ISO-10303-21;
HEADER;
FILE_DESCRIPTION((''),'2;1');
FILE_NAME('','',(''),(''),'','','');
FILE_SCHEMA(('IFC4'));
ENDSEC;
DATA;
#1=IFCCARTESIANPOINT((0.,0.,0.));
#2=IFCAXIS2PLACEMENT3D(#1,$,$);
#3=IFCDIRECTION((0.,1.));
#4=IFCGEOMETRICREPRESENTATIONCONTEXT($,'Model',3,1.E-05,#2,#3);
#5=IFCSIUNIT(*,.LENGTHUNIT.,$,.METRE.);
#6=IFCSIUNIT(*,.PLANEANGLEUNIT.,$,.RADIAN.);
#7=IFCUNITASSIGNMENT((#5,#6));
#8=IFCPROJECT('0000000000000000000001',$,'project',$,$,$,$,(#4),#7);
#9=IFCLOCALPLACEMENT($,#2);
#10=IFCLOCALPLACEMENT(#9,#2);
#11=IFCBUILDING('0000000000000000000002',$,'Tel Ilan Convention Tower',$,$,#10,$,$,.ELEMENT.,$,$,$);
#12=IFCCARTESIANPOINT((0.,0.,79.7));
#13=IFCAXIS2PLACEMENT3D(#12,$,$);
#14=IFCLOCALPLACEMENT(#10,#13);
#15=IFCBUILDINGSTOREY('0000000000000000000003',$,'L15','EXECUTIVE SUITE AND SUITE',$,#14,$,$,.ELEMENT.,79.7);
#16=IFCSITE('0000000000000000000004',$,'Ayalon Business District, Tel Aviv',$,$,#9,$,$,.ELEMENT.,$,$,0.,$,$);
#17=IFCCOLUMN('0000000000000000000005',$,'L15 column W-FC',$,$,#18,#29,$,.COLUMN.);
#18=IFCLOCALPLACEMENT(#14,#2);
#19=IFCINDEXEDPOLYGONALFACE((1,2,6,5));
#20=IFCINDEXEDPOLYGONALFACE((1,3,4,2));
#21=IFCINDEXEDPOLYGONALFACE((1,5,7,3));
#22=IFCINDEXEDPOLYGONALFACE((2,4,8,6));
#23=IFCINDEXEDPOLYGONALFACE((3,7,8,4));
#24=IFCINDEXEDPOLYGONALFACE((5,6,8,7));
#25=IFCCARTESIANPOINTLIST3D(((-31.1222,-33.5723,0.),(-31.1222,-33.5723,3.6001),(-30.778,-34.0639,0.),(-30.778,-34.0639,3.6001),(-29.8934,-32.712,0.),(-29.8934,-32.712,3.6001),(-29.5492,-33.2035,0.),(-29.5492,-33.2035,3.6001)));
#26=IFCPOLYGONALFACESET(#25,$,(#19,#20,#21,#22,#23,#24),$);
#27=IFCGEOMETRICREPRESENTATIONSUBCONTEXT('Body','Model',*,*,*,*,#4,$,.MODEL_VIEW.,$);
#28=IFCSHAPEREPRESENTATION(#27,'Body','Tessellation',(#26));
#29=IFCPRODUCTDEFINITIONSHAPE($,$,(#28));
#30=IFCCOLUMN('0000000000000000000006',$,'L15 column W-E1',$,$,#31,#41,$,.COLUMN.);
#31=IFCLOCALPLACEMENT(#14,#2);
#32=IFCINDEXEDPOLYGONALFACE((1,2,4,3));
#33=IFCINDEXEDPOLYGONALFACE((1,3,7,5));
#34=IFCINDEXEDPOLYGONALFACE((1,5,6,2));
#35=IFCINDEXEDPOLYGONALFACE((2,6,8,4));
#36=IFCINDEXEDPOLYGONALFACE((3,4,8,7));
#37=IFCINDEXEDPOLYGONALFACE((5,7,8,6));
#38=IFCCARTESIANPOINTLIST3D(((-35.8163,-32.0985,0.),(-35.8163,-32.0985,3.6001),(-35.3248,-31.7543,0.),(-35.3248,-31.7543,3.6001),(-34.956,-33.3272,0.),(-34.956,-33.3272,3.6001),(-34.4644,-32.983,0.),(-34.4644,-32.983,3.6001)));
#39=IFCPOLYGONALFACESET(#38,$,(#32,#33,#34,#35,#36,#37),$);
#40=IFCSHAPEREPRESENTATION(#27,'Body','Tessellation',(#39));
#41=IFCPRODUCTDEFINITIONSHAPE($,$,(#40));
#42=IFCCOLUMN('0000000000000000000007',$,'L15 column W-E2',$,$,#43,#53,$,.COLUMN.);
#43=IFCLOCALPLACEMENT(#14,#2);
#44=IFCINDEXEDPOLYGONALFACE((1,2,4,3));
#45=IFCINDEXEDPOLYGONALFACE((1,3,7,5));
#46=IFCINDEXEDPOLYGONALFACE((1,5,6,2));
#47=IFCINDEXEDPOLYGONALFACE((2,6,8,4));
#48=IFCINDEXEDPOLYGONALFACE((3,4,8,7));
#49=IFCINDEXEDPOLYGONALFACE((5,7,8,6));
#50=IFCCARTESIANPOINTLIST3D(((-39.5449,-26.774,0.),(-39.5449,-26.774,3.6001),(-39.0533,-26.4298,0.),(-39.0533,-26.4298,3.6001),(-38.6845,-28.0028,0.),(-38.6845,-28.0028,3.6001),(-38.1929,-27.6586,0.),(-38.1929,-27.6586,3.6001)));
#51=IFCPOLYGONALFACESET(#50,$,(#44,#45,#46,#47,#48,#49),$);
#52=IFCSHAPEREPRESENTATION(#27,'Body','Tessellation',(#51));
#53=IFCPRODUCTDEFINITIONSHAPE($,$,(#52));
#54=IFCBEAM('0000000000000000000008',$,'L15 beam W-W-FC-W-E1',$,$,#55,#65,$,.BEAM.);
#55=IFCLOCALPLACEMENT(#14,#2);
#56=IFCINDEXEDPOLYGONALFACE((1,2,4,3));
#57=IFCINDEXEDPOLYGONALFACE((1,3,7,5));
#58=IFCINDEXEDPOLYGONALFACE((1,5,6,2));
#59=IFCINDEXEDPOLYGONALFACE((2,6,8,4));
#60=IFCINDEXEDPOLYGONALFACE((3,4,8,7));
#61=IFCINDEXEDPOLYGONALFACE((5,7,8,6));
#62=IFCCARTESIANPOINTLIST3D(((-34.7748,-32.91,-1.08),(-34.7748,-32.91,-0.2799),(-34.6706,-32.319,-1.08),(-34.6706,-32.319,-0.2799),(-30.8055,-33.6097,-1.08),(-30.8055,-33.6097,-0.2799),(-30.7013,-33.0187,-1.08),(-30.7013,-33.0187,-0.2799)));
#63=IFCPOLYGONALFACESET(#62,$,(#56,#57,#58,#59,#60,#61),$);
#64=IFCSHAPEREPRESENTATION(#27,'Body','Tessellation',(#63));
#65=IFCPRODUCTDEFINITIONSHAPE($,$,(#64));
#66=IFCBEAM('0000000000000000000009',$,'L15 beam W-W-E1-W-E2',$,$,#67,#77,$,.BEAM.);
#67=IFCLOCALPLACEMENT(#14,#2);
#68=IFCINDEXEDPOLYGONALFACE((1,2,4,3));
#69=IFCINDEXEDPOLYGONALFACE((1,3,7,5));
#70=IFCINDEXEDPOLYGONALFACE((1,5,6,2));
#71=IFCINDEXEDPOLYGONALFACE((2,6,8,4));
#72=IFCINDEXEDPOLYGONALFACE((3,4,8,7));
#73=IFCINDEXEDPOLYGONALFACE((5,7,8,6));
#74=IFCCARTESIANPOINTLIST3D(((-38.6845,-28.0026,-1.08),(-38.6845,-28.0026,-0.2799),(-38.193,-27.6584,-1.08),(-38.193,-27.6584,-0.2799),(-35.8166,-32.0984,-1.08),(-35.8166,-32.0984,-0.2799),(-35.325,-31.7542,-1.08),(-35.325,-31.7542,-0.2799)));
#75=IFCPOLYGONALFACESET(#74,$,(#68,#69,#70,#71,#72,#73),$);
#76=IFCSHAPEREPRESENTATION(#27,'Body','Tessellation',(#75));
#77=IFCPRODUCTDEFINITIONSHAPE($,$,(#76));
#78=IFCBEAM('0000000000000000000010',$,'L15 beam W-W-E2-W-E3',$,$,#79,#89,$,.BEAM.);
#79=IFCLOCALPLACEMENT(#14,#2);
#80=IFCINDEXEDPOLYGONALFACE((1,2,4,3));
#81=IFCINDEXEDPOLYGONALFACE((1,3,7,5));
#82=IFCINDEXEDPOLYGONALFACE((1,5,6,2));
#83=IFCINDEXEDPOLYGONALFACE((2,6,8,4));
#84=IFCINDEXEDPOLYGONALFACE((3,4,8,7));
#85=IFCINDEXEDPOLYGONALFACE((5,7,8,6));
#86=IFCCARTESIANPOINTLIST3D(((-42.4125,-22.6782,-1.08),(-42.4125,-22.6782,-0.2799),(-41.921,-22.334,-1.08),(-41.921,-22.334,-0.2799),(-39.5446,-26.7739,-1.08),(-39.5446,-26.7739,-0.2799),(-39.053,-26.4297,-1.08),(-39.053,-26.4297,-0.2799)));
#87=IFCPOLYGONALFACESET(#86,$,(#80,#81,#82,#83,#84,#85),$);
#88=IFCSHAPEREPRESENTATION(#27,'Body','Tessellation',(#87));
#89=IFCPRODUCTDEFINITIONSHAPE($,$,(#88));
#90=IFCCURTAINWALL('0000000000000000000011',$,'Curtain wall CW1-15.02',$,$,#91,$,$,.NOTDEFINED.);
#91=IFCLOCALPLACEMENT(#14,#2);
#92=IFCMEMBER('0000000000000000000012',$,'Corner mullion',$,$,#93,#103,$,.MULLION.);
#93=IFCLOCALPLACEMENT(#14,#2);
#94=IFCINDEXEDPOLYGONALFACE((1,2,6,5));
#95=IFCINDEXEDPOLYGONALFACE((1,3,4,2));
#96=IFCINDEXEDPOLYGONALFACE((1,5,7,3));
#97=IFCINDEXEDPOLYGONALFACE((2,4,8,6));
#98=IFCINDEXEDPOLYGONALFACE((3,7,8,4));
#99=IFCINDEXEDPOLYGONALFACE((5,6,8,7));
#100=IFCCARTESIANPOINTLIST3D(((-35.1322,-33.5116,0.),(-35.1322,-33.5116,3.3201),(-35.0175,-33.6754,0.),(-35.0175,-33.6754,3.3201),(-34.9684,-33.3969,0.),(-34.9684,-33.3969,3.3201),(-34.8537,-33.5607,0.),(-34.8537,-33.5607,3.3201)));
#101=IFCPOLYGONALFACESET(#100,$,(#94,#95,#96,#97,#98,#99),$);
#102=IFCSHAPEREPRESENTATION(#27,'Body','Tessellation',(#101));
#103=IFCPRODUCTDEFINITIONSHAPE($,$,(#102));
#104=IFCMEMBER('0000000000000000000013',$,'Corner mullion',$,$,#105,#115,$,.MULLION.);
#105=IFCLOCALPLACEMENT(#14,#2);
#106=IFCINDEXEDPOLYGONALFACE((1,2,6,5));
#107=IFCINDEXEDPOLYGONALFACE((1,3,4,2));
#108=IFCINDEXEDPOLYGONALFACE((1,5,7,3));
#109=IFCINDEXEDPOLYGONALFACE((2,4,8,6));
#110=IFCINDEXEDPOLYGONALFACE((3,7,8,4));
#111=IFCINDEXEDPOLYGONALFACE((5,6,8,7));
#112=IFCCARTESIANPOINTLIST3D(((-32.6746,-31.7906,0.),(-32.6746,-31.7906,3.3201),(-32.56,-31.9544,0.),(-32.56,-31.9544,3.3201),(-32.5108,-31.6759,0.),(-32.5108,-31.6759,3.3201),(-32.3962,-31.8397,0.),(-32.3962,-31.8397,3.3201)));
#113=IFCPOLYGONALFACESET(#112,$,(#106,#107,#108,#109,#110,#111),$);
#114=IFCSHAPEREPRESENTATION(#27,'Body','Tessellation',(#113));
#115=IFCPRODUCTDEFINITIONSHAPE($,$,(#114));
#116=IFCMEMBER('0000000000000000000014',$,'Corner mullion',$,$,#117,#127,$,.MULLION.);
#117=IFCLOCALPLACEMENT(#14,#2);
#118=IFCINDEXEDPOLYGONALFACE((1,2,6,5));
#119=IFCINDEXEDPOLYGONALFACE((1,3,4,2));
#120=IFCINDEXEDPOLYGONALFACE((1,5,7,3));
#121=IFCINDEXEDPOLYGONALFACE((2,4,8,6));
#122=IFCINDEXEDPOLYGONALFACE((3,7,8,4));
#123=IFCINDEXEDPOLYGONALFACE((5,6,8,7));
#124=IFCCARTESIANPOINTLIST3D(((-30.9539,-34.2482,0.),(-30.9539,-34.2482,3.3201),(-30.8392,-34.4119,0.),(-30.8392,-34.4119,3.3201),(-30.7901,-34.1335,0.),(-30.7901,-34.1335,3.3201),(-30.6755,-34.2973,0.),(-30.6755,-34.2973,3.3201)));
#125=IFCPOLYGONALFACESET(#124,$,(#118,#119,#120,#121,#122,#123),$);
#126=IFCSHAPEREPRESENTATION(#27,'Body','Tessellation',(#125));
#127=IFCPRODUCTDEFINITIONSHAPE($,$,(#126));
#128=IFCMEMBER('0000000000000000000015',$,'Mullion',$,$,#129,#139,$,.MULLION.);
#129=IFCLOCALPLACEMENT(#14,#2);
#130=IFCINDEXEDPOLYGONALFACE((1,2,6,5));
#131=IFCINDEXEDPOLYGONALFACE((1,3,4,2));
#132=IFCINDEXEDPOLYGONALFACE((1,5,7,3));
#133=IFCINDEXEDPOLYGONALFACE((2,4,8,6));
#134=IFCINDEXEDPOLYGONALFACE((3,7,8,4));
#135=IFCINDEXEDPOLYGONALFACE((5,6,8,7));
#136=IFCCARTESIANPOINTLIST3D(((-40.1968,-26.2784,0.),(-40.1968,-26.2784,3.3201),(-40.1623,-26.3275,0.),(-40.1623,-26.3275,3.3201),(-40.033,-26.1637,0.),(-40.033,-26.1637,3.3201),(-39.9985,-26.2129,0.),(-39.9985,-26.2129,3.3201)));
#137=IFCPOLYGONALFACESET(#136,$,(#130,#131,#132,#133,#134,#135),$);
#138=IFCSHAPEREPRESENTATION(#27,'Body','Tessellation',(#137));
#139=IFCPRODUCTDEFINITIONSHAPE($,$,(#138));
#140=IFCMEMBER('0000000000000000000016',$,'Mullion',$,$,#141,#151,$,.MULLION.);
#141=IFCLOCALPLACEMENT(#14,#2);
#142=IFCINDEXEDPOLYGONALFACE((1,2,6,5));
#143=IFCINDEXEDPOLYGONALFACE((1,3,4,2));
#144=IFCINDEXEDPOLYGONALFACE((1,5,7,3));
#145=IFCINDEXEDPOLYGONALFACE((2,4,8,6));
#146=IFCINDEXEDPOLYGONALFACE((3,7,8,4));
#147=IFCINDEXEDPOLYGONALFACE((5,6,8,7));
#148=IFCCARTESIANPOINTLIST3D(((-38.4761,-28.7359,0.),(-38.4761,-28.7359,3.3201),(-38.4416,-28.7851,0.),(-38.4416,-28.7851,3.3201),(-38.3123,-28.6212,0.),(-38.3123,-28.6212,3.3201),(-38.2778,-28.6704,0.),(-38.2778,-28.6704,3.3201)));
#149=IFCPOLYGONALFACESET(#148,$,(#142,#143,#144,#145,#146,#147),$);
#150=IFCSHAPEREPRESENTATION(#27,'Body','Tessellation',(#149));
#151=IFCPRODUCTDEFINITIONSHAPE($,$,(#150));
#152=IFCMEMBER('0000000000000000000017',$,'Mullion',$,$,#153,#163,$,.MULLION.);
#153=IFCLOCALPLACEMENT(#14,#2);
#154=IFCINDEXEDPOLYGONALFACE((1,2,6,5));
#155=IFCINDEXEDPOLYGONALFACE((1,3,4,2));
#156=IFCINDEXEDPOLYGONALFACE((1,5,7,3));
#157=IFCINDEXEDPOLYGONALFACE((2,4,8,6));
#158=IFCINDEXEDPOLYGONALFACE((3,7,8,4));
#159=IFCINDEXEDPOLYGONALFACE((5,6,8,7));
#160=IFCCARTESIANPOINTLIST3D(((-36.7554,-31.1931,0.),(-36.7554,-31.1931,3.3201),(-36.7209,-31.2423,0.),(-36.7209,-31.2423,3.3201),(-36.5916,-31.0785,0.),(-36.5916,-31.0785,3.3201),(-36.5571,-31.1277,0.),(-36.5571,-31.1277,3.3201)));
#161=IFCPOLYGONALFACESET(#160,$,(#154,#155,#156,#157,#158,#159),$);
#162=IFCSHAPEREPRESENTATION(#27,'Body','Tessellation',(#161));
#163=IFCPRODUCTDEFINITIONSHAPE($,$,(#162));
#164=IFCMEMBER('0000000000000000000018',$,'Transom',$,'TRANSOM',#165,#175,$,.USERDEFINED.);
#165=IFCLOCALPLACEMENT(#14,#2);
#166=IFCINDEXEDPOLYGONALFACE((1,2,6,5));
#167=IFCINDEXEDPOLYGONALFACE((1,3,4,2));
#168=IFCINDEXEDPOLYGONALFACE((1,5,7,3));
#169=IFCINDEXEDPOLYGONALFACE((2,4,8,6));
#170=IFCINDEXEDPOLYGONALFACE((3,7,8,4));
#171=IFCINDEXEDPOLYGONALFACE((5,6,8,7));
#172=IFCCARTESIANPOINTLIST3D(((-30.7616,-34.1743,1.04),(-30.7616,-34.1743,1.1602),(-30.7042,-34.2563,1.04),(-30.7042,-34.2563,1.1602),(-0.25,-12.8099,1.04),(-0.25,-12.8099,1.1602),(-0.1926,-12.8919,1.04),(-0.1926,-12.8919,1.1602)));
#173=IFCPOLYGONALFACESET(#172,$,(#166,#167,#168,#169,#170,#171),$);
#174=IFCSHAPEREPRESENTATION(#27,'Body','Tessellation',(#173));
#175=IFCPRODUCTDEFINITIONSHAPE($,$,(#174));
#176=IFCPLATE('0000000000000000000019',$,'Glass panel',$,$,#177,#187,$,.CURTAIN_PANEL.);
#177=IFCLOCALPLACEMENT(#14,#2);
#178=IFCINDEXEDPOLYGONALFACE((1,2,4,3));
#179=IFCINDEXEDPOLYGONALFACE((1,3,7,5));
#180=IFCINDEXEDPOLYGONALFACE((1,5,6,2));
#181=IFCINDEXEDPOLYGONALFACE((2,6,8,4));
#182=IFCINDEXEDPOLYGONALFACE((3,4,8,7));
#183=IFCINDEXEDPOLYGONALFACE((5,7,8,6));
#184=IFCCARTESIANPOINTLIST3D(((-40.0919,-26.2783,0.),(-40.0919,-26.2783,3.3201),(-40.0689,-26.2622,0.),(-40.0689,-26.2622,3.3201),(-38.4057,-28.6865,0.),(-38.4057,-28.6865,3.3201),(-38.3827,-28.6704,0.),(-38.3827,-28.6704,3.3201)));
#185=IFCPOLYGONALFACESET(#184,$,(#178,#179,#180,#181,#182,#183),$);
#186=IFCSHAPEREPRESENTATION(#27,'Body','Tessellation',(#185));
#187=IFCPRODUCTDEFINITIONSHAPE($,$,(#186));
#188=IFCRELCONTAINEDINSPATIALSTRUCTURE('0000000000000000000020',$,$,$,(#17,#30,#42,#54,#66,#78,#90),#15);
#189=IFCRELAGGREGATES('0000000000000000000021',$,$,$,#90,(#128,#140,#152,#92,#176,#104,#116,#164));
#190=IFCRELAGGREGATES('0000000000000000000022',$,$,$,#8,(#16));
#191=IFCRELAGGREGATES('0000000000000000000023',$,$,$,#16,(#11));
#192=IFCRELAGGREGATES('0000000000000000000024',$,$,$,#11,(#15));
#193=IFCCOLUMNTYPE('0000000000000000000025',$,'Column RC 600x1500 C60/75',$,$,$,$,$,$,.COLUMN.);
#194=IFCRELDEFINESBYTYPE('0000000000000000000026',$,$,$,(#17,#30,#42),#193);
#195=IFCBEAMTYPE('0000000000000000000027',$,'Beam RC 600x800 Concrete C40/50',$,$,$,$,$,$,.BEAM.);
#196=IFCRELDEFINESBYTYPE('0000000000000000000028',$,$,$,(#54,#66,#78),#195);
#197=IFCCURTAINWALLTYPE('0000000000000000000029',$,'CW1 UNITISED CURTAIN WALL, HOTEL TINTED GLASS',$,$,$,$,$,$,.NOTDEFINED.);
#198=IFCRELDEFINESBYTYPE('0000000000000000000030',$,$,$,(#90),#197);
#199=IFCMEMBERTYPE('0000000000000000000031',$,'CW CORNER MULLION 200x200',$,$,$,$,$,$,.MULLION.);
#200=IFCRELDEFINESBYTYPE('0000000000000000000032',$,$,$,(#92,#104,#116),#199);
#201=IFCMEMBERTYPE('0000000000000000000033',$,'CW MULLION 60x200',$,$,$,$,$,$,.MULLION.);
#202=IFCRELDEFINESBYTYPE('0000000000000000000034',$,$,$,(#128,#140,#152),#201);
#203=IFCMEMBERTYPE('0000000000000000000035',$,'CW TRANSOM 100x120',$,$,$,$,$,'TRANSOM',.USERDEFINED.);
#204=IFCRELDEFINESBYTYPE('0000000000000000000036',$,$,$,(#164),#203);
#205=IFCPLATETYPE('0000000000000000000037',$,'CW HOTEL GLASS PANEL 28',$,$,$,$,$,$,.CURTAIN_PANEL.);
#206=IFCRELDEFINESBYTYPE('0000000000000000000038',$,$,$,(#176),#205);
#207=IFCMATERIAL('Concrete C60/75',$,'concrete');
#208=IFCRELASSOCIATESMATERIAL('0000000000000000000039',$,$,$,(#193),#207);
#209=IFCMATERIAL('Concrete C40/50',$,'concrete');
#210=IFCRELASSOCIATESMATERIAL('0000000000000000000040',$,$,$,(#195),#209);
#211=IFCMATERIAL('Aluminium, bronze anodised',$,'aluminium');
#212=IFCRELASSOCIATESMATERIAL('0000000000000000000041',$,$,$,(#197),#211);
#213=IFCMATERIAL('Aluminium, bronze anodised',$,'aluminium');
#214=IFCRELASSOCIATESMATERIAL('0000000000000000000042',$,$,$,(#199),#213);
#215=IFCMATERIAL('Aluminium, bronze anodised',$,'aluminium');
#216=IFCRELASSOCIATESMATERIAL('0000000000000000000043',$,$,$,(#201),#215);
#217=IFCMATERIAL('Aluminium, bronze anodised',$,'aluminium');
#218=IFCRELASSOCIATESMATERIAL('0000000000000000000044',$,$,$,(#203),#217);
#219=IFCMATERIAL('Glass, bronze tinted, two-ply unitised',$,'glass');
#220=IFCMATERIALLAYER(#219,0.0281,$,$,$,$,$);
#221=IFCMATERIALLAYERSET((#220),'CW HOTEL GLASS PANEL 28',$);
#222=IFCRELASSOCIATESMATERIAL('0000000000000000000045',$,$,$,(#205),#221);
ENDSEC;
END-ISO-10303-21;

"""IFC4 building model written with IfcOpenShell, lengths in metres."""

from ifc_helpers import new_model, si_unit, direction, frame, origin, origin_2d, place, context, subcontext, project, spatial, rectangle, extrude, material, layer, layer_set, material_profile, profile_set, type_object, element, aggregate, save


model = new_model("IFC4")

# Units and contexts
model_context = context("Model", 3, precision=1e-05, world=origin(), true_north=direction((0.0, 1.0)))
body_context = subcontext(model_context, "Body", "Model", "MODEL_VIEW")
ifc_project = project(units=[si_unit("LENGTHUNIT", "METRE"), si_unit("PLANEANGLEUNIT", "RADIAN")], contexts=[model_context])

# Site, building, storey
site_placement = place(None, origin())
site = spatial("IfcSite", under=ifc_project, at=site_placement, Name="Ayalon Business District, Tel Aviv", CompositionType="ELEMENT", RefElevation=0.0)
building_placement = place(site_placement, origin())
building = spatial("IfcBuilding", under=site, at=building_placement, Name="Tel Ilan Convention Tower", CompositionType="ELEMENT")
storey_placement = place(building_placement, frame((0.0, 0.0, 79.7)))
storey = spatial("IfcBuildingStorey", under=building, at=storey_placement, Name="L15", Description="EXECUTIVE SUITE AND SUITE", CompositionType="ELEMENT", Elevation=79.7)

# Columns
ifc_material_1 = material(Name="Concrete C60/75", Category="concrete")
ifc_material_profile_1 = material_profile(ifc_material_1, rectangle(XDim=1.5, YDim=0.6001, at=origin_2d()), Name="RC 600x1500")
ifc_profile_set_1 = profile_set([ifc_material_profile_1], Name="Concrete C60/75")
column_type = type_object("IfcColumnType", Name="Column RC 600x1500 C60/75", PredefinedType="COLUMN", material=ifc_profile_set_1)
for number, where, z_axis, x_axis, name in (
    (1, (-30.3357, -33.3879, 0.0), (0.0, 0.0, 1.0), (-0.819152, -0.573576, 0.0), "L15 column W-FC"),
    (2, (-35.1404, -32.5408, 0.0), (0.0, 0.0, 1.0), (-0.573576, 0.819152, 0.0), "L15 column W-E1"),
    (3, (-38.8689, -27.2163, 0.0), (0.0, 0.0, 1.0), (-0.573576, 0.819152, 0.0), "L15 column W-E2"),
):
    element("IfcColumn", number, at=place(storey_placement, frame(where, z_axis=z_axis, x_axis=x_axis)), inside=storey, type_object=column_type, Name=name, PredefinedType="COLUMN", context=body_context, shape_type="SweptSolid", body=[
        extrude(rectangle(XDim=1.5, YDim=0.6001, at=origin_2d()), origin(), (0.0, 0.0, 1.0), 3.6001),
    ])

# Beams
ifc_material_2 = material(Name="Concrete C40/50", Category="concrete")
ifc_material_profile_2 = material_profile(ifc_material_2, rectangle(XDim=0.6001, YDim=0.8, at=origin_2d()), Name="RC 600x800")
ifc_profile_set_2 = profile_set([ifc_material_profile_2], Name="Concrete C40/50")
beam_type = type_object("IfcBeamType", Name="Beam RC 600x800 Concrete C40/50", PredefinedType="BEAM", material=ifc_profile_set_2)
beam_placement = place(storey_placement, frame((-30.7534, -33.3142, -0.6799), z_axis=(-0.984815, 0.173606, 0.0), x_axis=(-0.173606, -0.984815, 0.0)))
element("IfcBeam", 4, at=beam_placement, inside=storey, type_object=beam_type, Name="L15 beam W-W-FC-W-E1", PredefinedType="BEAM", context=body_context, shape_type="SweptSolid", body=[
    extrude(rectangle(XDim=0.6001, YDim=0.8, at=origin_2d()), origin(), (0.0, 0.0, 1.0), 4.0305),
])
for number, where, z_axis, x_axis, name in (
    (5, (-35.5708, -31.9263, -0.6799), (-0.573587, 0.819145, 0.0), (-0.819145, -0.573587, 0.0), "L15 beam W-W-E1-W-E2"),
    (6, (-39.2988, -26.6018, -0.6799), (-0.573587, 0.819145, 0.0), (-0.819145, -0.573587, 0.0), "L15 beam W-W-E2-W-E3"),
):
    element("IfcBeam", number, at=place(storey_placement, frame(where, z_axis=z_axis, x_axis=x_axis)), inside=storey, type_object=beam_type, Name=name, PredefinedType="BEAM", context=body_context, shape_type="SweptSolid", body=[
        extrude(rectangle(XDim=0.6001, YDim=0.8, at=origin_2d()), origin(), (0.0, 0.0, 1.0), 5.0),
    ])

# Curtain wall, members, plate
ifc_material_3 = material(Name="Aluminium, bronze anodised", Category="aluminium")
curtain_wall_type = type_object("IfcCurtainWallType", Name="CW1 UNITISED CURTAIN WALL, HOTEL TINTED GLASS", PredefinedType="NOTDEFINED", material=ifc_material_3)
curtain_wall_placement = place(storey_placement, origin())
curtain_wall = element("IfcCurtainWall", 7, at=curtain_wall_placement, inside=storey, type_object=curtain_wall_type, Name="Curtain wall CW1-15.02", PredefinedType="NOTDEFINED")
ifc_material_4 = material(Name="Aluminium, bronze anodised", Category="aluminium")
ifc_material_profile_3 = material_profile(ifc_material_4, rectangle(XDim=0.2, YDim=0.2, at=origin_2d()), Name="CW CORNER MULLION 200x200")
ifc_profile_set_3 = profile_set([ifc_material_profile_3], Name="Aluminium, bronze anodised")
member_type_1 = type_object("IfcMemberType", Name="CW CORNER MULLION 200x200", PredefinedType="MULLION", material=ifc_profile_set_3)
member_1_placement = place(storey_placement, frame((-34.9929, -33.5361, 0.0), z_axis=(0.0, 0.0, 1.0), x_axis=(0.573576, -0.819152, 0.0)))
member_1 = element("IfcMember", 8, at=member_1_placement, type_object=member_type_1, Name="Corner mullion", PredefinedType="MULLION", context=body_context, shape_type="SweptSolid", body=[
    extrude(rectangle(XDim=0.2, YDim=0.2, at=origin_2d()), origin(), (0.0, 0.0, 1.0), 3.3201),
])
member_2_placement = place(storey_placement, frame((-32.5354, -31.8152, 0.0), z_axis=(0.0, 0.0, 1.0), x_axis=(0.819152, 0.573576, 0.0)))
member_2 = element("IfcMember", 9, at=member_2_placement, type_object=member_type_1, Name="Corner mullion", PredefinedType="MULLION", context=body_context, shape_type="SweptSolid", body=[
    extrude(rectangle(XDim=0.2, YDim=0.2, at=origin_2d()), origin(), (0.0, 0.0, 1.0), 3.3201),
])
member_3_placement = place(storey_placement, frame((-30.8147, -34.2727, 0.0), z_axis=(0.0, 0.0, 1.0), x_axis=(0.573576, -0.819152, 0.0)))
member_3 = element("IfcMember", 10, at=member_3_placement, type_object=member_type_1, Name="Corner mullion", PredefinedType="MULLION", context=body_context, shape_type="SweptSolid", body=[
    extrude(rectangle(XDim=0.2, YDim=0.2, at=origin_2d()), origin(), (0.0, 0.0, 1.0), 3.3201),
])
ifc_material_5 = material(Name="Aluminium, bronze anodised", Category="aluminium")
ifc_material_profile_4 = material_profile(ifc_material_5, rectangle(XDim=0.0601, YDim=0.2, at=origin_2d()), Name="CW MULLION 60x200")
ifc_profile_set_4 = profile_set([ifc_material_profile_4], Name="Aluminium, bronze anodised")
member_type_2 = type_object("IfcMemberType", Name="CW MULLION 60x200", PredefinedType="MULLION", material=ifc_profile_set_4)
member_4_placement = place(storey_placement, frame((-40.0977, -26.2456, 0.0), z_axis=(0.0, 0.0, 1.0), x_axis=(0.573576, -0.819152, 0.0)))
member_4 = element("IfcMember", 11, at=member_4_placement, type_object=member_type_2, Name="Mullion", PredefinedType="MULLION", context=body_context, shape_type="SweptSolid", body=[
    extrude(rectangle(XDim=0.0601, YDim=0.2, at=origin_2d()), origin(), (0.0, 0.0, 1.0), 3.3201),
])
member_5_placement = place(storey_placement, frame((-38.377, -28.7031, 0.0), z_axis=(0.0, 0.0, 1.0), x_axis=(0.573576, -0.819152, 0.0)))
member_5 = element("IfcMember", 12, at=member_5_placement, type_object=member_type_2, Name="Mullion", PredefinedType="MULLION", context=body_context, shape_type="SweptSolid", body=[
    extrude(rectangle(XDim=0.0601, YDim=0.2, at=origin_2d()), origin(), (0.0, 0.0, 1.0), 3.3201),
])
member_6_placement = place(storey_placement, frame((-36.6562, -31.1604, 0.0), z_axis=(0.0, 0.0, 1.0), x_axis=(0.573576, -0.819152, 0.0)))
member_6 = element("IfcMember", 13, at=member_6_placement, type_object=member_type_2, Name="Mullion", PredefinedType="MULLION", context=body_context, shape_type="SweptSolid", body=[
    extrude(rectangle(XDim=0.0601, YDim=0.2, at=origin_2d()), origin(), (0.0, 0.0, 1.0), 3.3201),
])
ifc_material_6 = material(Name="Aluminium, bronze anodised", Category="aluminium")
ifc_material_profile_5 = material_profile(ifc_material_6, rectangle(XDim=0.1001, YDim=0.1201, at=origin_2d()), Name="CW TRANSOM 100x120")
ifc_profile_set_5 = profile_set([ifc_material_profile_5], Name="Aluminium, bronze anodised")
member_type_3 = type_object("IfcMemberType", Name="CW TRANSOM 100x120", ElementType="TRANSOM", PredefinedType="USERDEFINED", material=ifc_profile_set_5)
member_7_placement = place(storey_placement, frame((-30.7329, -34.2153, 1.1001), z_axis=(0.819152, 0.573576, 0.0), x_axis=(-0.573576, 0.819152, 0.0)))
member_7 = element("IfcMember", 14, at=member_7_placement, type_object=member_type_3, Name="Transom", ObjectType="TRANSOM", PredefinedType="USERDEFINED", context=body_context, shape_type="SweptSolid", body=[
    extrude(rectangle(XDim=0.1001, YDim=0.1201, at=origin_2d()), origin(), (0.0, 0.0, 1.0), 37.2478),
])
ifc_material_7 = material(Name="Glass, bronze tinted, two-ply unitised", Category="glass")
ifc_layer_1 = layer(ifc_material_7, 0.0281)
ifc_layer_set_1 = layer_set([ifc_layer_1], Name="CW HOTEL GLASS PANEL 28")
plate_type = type_object("IfcPlateType", Name="CW HOTEL GLASS PANEL 28", PredefinedType="CURTAIN_PANEL", material=ifc_layer_set_1)
plate_1_placement = place(storey_placement, frame((-39.2373, -27.4744, 0.0), z_axis=(0.0, 0.0, 1.0), x_axis=(0.573576, -0.819152, 0.0)))
plate_1 = element("IfcPlate", 15, at=plate_1_placement, type_object=plate_type, Name="Glass panel", PredefinedType="CURTAIN_PANEL", context=body_context, shape_type="SweptSolid", body=[
    extrude(rectangle(XDim=2.9399, YDim=0.0281, at=origin_2d()), origin(), (0.0, 0.0, 1.0), 3.3201),
])
aggregate(curtain_wall, [member_4, member_5, member_6, member_1, plate_1, member_2, member_3, member_7])

save(model, "model.ifc")
